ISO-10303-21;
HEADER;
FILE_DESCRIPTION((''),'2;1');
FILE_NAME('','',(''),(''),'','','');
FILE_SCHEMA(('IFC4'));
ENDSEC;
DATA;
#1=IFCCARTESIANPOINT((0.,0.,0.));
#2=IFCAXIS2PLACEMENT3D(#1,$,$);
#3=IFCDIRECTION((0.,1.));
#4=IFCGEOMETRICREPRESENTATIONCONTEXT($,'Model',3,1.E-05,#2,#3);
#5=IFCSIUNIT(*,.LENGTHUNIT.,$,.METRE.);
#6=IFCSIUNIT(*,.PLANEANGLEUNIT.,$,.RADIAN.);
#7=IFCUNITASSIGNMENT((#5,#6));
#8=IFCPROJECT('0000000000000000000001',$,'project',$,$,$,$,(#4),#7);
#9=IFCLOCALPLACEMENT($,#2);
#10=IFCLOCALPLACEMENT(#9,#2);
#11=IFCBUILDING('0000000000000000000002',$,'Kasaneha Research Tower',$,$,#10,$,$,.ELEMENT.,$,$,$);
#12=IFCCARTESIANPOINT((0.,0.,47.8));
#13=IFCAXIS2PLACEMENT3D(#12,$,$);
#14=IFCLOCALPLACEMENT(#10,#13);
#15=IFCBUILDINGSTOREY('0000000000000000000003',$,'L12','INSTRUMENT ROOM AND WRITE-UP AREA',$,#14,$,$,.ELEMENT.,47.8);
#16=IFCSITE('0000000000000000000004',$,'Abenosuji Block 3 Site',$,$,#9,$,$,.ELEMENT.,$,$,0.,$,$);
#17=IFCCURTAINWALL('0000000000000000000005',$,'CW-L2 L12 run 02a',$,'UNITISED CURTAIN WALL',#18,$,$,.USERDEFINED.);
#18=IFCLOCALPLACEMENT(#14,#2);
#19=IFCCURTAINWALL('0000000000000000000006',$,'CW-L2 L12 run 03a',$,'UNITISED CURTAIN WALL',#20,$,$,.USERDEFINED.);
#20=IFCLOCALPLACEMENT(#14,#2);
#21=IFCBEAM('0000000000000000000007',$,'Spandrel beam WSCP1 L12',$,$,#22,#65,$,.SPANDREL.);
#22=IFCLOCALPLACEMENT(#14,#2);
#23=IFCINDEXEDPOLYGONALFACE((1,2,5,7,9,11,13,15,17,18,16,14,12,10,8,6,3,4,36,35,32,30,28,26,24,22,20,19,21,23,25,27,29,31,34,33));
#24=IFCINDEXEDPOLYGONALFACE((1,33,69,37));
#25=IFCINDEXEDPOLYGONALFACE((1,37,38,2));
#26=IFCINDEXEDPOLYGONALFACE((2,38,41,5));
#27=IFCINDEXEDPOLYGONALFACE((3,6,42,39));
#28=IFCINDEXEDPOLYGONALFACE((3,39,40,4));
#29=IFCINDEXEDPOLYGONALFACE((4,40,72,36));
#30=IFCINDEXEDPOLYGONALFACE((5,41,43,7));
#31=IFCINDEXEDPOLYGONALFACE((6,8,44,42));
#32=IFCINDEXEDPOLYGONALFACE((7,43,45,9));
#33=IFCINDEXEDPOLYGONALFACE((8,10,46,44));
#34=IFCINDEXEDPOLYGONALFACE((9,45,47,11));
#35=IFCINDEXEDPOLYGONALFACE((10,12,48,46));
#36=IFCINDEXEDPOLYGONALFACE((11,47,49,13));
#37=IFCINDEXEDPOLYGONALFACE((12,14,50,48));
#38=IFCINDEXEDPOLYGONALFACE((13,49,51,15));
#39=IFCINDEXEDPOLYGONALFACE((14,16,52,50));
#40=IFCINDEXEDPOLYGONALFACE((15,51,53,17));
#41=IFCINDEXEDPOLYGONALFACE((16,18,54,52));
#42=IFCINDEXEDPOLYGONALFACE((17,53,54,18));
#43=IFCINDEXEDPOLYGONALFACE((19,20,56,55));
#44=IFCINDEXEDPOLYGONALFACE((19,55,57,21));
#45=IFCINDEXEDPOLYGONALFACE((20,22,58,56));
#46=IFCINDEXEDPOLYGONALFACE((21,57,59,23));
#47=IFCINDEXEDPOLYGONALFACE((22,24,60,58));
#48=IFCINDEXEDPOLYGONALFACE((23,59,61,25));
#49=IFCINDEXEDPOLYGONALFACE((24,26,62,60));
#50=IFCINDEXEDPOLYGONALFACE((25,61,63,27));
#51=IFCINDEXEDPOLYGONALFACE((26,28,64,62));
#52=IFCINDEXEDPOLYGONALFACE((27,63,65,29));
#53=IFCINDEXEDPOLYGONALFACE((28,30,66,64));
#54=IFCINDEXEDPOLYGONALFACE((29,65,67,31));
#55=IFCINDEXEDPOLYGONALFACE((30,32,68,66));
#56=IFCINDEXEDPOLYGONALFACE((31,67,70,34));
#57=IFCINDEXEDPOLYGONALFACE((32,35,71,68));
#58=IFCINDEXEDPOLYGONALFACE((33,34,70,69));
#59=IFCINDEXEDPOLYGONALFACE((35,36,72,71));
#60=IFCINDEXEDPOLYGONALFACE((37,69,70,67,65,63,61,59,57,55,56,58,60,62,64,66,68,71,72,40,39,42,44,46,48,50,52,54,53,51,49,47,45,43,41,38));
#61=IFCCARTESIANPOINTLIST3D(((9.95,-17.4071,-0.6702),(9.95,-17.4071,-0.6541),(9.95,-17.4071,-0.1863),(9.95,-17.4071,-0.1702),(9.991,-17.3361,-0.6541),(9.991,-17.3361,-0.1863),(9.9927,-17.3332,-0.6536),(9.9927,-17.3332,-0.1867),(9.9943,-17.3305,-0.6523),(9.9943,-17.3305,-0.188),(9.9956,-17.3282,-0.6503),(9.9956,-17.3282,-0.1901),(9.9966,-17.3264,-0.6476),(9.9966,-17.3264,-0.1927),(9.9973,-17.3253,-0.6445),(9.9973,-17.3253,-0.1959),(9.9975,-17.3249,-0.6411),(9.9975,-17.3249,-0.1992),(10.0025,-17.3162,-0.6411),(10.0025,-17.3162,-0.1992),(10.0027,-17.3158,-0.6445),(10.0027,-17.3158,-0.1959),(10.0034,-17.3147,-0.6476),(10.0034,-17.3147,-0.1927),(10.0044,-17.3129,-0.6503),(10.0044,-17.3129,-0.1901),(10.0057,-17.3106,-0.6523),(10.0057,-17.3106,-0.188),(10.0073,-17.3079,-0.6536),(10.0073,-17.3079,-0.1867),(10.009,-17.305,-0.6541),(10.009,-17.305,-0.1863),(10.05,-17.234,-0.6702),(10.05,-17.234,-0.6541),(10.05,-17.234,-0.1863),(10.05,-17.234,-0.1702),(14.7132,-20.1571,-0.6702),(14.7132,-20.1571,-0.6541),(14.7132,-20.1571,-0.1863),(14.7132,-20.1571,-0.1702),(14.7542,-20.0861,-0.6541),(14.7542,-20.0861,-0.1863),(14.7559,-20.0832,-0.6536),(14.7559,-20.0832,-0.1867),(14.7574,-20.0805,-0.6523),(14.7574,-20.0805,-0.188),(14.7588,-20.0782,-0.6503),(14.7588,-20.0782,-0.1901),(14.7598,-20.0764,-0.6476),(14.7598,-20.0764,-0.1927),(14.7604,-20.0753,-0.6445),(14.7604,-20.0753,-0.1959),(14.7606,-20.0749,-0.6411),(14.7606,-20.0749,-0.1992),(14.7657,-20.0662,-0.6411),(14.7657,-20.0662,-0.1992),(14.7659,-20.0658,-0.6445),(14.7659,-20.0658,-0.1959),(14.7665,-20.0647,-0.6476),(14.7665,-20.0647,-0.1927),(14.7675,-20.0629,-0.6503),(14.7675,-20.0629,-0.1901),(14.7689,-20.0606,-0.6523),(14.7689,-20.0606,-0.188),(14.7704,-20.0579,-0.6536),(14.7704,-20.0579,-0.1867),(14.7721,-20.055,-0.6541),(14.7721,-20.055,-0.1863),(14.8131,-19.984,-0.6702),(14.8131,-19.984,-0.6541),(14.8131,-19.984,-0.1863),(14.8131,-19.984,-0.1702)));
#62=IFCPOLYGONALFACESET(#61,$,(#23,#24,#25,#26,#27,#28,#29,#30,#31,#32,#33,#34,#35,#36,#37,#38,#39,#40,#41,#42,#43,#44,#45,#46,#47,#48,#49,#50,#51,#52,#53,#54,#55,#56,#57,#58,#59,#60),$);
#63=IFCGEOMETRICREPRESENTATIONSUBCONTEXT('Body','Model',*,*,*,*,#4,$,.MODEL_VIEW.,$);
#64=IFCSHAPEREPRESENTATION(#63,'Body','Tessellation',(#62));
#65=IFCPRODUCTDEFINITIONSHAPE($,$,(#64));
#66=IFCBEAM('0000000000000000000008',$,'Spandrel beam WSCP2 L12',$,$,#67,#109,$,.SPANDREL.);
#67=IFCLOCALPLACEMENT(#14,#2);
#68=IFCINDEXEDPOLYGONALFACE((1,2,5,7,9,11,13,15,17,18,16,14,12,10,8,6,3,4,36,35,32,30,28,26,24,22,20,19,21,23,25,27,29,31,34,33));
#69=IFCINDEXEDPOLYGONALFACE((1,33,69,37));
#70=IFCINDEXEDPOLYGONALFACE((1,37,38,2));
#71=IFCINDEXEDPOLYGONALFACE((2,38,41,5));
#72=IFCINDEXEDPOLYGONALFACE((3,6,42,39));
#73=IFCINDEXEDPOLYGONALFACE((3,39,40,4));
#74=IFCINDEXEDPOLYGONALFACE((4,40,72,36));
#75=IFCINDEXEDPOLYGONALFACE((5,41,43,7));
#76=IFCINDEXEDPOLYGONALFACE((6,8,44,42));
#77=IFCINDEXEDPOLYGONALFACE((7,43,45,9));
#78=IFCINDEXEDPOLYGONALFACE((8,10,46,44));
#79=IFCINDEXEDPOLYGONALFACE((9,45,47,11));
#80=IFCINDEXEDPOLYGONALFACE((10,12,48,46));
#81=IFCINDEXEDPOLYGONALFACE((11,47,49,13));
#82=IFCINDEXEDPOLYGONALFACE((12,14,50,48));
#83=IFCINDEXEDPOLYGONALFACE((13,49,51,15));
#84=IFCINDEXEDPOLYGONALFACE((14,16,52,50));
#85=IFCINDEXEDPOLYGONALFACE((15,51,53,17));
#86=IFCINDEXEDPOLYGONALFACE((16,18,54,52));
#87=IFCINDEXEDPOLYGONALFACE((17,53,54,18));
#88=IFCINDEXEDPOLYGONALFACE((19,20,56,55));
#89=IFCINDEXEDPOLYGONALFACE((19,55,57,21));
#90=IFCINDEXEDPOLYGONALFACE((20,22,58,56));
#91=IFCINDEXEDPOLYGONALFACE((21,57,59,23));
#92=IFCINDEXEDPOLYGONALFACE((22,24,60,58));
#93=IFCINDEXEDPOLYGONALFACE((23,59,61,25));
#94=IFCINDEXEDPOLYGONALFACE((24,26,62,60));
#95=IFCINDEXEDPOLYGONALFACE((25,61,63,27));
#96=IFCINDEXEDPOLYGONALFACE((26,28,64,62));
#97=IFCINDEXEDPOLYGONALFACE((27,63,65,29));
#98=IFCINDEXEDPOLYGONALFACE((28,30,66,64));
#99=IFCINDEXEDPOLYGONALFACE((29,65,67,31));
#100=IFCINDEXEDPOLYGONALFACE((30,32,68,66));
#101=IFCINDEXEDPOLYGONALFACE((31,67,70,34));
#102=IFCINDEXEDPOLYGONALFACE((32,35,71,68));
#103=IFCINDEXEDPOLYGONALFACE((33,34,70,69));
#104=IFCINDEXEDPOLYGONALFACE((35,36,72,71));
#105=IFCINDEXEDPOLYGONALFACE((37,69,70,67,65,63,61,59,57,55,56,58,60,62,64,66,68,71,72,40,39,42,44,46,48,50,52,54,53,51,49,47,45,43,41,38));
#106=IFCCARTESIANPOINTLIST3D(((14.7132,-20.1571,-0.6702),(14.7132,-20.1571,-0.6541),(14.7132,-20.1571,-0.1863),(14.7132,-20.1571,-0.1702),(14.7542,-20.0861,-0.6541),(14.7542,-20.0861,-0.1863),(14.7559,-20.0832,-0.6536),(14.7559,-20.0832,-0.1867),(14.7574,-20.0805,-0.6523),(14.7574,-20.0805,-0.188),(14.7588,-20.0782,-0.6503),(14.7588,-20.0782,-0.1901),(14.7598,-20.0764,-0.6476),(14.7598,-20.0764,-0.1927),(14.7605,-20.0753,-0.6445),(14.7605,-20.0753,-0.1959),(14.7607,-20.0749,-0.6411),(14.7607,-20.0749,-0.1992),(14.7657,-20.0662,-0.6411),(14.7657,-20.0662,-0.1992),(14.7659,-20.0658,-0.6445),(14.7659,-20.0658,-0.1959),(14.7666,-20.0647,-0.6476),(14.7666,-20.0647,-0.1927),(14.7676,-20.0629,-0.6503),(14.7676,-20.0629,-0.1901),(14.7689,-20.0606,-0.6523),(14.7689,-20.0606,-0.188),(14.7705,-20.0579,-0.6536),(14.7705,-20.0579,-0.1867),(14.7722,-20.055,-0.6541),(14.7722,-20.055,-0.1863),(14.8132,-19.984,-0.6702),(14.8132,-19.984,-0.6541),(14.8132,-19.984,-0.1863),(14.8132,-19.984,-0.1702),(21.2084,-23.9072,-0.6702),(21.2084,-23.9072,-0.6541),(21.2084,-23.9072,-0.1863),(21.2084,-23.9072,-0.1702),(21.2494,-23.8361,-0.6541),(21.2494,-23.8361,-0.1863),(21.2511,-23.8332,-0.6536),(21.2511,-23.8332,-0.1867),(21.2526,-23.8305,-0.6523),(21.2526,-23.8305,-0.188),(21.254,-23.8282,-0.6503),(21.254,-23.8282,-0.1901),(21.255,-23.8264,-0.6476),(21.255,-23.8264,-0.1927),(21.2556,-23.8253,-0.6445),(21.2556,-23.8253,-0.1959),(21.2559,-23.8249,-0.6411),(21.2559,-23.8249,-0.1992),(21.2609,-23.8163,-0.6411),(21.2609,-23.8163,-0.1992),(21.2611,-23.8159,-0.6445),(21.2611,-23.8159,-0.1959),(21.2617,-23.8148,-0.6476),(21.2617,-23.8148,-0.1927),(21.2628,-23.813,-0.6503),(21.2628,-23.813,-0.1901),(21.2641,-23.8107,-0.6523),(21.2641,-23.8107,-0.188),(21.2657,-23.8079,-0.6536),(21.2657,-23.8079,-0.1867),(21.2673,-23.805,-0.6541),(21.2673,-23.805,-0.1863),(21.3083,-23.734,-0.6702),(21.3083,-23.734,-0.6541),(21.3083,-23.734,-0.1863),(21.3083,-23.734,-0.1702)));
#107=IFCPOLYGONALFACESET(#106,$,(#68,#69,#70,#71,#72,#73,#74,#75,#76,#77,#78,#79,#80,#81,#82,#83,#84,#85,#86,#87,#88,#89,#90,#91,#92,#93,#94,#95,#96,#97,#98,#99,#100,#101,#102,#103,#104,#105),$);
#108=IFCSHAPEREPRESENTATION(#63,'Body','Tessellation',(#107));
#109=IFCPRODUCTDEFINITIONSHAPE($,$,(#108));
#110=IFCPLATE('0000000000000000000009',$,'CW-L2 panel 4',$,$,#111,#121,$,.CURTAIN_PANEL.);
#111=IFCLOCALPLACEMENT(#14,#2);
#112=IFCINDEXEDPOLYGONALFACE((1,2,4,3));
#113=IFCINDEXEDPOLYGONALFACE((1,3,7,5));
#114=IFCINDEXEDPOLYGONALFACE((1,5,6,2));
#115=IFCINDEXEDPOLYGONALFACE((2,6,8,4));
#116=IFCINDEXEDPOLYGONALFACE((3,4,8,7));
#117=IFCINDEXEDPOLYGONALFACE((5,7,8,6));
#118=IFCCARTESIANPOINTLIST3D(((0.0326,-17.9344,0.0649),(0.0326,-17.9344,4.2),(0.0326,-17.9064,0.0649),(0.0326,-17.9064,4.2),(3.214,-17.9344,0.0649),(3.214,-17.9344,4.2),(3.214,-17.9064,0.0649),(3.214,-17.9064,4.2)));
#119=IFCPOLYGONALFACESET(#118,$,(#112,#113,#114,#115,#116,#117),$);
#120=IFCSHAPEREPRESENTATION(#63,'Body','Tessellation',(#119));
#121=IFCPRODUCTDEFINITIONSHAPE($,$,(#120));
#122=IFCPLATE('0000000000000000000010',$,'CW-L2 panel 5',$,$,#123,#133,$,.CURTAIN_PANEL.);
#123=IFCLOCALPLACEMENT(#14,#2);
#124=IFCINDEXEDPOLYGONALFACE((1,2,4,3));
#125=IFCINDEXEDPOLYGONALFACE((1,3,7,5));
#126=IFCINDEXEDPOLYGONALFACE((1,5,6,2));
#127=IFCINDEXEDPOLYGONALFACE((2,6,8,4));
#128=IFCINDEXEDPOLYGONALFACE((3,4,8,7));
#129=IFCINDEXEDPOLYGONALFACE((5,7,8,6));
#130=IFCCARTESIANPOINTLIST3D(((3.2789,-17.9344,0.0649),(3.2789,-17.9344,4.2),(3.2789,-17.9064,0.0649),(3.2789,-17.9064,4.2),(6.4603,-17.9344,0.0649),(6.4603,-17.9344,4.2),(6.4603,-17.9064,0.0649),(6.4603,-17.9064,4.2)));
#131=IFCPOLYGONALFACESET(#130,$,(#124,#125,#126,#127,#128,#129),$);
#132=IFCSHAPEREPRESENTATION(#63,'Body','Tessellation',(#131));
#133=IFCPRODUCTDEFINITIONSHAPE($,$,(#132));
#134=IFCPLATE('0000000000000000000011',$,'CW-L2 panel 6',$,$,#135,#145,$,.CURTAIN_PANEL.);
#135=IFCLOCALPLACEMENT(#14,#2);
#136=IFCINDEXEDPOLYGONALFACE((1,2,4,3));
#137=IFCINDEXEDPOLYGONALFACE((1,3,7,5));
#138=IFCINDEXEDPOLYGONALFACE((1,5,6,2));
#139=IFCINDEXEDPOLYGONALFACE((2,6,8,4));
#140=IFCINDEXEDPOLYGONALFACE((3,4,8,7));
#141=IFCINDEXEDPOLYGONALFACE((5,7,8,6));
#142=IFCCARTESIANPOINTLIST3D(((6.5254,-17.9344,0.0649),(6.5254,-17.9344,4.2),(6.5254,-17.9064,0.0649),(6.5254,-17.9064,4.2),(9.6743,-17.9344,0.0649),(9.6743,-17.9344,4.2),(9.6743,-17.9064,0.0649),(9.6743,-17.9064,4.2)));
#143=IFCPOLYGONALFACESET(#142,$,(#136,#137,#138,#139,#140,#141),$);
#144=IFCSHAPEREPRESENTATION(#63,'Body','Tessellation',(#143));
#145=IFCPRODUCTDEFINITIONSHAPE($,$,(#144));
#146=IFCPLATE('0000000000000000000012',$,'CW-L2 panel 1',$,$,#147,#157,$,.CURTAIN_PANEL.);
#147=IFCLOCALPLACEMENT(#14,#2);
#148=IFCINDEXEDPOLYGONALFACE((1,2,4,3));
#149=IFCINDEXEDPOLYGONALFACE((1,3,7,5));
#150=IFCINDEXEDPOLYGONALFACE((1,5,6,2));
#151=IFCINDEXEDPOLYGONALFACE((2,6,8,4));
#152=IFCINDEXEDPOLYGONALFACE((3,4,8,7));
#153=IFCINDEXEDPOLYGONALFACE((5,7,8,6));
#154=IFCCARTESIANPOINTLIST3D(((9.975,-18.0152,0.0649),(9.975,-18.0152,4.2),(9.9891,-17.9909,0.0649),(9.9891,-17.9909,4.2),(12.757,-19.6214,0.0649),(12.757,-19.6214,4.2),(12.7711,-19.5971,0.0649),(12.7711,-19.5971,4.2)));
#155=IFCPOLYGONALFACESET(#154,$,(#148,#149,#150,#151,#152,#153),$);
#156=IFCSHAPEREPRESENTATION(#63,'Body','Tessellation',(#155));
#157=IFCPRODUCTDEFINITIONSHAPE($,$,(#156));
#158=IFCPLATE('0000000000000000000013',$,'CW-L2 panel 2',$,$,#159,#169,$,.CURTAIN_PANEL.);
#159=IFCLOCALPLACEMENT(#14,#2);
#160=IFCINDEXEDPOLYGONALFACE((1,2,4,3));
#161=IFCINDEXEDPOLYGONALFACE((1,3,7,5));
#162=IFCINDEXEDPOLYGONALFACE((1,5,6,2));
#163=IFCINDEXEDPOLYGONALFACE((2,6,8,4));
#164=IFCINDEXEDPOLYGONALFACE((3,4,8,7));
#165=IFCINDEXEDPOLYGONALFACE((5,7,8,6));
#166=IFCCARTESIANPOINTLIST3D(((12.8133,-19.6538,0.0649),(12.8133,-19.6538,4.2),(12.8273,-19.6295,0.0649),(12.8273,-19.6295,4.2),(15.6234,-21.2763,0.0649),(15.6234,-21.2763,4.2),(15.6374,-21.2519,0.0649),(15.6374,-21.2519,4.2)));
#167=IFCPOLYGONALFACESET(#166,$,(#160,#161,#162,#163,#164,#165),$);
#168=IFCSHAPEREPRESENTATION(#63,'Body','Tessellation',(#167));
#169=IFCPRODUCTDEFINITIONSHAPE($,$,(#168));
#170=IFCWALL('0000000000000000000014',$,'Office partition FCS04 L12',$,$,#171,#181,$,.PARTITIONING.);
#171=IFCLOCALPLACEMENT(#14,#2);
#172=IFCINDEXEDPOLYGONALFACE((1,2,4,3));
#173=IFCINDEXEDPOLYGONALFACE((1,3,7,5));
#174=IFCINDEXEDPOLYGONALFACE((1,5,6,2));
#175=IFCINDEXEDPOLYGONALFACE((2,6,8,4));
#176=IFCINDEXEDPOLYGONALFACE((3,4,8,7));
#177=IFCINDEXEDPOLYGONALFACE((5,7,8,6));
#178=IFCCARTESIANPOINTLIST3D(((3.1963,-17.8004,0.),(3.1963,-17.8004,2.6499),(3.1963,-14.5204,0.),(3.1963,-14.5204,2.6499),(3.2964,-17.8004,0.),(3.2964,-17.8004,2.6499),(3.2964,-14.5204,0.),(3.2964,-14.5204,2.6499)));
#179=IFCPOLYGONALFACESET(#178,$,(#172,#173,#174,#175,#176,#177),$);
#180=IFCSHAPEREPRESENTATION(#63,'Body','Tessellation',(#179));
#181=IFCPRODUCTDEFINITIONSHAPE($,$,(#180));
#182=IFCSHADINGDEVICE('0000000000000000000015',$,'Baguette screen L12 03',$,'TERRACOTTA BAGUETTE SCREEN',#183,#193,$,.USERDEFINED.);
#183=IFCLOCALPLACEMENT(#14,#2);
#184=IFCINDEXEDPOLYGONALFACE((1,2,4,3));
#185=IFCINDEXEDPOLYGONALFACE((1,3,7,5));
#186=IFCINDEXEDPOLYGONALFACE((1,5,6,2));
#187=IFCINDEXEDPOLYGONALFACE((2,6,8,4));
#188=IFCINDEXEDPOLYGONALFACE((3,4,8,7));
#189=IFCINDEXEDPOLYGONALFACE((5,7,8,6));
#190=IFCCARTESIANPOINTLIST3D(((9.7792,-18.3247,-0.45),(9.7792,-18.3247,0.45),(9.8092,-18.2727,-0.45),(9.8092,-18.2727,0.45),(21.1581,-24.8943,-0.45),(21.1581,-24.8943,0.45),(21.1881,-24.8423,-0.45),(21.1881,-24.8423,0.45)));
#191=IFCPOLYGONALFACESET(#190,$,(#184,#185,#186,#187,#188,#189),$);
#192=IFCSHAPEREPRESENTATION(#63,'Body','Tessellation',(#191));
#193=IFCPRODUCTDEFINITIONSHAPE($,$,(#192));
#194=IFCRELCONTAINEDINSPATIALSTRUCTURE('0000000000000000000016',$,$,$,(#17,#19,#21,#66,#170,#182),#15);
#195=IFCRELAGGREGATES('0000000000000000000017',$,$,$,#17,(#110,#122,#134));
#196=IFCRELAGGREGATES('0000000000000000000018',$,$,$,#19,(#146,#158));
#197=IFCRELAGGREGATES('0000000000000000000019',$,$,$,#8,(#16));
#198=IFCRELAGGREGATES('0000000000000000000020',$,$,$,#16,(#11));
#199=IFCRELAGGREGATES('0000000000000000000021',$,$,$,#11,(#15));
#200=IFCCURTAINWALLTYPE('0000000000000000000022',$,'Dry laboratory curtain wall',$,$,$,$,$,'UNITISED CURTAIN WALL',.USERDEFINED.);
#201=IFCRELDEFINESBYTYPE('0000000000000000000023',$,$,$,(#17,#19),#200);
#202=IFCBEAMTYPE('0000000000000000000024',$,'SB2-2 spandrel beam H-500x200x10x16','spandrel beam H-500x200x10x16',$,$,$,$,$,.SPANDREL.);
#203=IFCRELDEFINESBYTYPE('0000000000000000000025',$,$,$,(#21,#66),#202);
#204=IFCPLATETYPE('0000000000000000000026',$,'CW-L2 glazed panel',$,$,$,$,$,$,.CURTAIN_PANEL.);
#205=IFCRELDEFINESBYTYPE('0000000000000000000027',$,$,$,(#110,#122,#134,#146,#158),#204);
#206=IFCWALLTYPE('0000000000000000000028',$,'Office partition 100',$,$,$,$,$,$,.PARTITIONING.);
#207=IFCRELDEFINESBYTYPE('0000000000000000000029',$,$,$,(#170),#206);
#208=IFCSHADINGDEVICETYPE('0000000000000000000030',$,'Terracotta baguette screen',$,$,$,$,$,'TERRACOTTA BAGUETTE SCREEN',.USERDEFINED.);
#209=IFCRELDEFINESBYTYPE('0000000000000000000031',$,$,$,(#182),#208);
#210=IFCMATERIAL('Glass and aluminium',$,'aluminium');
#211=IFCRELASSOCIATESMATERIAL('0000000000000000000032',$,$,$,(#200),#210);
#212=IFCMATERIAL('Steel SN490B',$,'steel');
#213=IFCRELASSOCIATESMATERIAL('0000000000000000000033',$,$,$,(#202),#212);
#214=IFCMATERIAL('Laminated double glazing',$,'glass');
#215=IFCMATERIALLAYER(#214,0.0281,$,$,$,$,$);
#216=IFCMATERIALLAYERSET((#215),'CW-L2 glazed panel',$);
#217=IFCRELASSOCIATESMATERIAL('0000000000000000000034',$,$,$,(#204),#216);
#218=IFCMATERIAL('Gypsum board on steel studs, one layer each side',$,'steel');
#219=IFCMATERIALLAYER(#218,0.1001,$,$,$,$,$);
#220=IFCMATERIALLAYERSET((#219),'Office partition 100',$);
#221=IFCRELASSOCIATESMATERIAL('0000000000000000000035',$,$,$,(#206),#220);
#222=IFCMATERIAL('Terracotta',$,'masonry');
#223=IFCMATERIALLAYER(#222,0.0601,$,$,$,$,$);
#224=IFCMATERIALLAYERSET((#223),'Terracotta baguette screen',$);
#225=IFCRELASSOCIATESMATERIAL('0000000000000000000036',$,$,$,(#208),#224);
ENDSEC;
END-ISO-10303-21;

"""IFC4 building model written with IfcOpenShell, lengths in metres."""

from ifc_helpers import new_model, si_unit, direction, frame, frame_2d, origin, origin_2d, place, context, subcontext, project, spatial, rectangle, i_section, extrude, material, layer, layer_set, material_profile, profile_set, type_object, element, aggregate, save


model = new_model("IFC4")

# Units and contexts
model_context = context("Model", 3, precision=1e-05, world=origin(), true_north=direction((0.0, 1.0)))
body_context = subcontext(model_context, "Body", "Model", "MODEL_VIEW")
ifc_project = project(units=[si_unit("LENGTHUNIT", "METRE"), si_unit("PLANEANGLEUNIT", "RADIAN")], contexts=[model_context])

# Site, building, storey
site_placement = place(None, origin())
site = spatial("IfcSite", under=ifc_project, at=site_placement, Name="Abenosuji Block 3 Site", CompositionType="ELEMENT", RefElevation=0.0)
building_placement = place(site_placement, origin())
building = spatial("IfcBuilding", under=site, at=building_placement, Name="Kasaneha Research Tower", CompositionType="ELEMENT")
storey_placement = place(building_placement, frame((0.0, 0.0, 47.8)))
storey = spatial("IfcBuildingStorey", under=building, at=storey_placement, Name="L12", Description="INSTRUMENT ROOM AND WRITE-UP AREA", CompositionType="ELEMENT", Elevation=47.8)

# Curtain walls
ifc_material_1 = material(Name="Glass and aluminium", Category="aluminium")
curtain_wall_type = type_object("IfcCurtainWallType", Name="Dry laboratory curtain wall", ElementType="UNITISED CURTAIN WALL", PredefinedType="USERDEFINED", material=ifc_material_1)
curtain_wall_1_placement = place(storey_placement, origin())
curtain_wall_1 = element("IfcCurtainWall", 1, at=curtain_wall_1_placement, inside=storey, type_object=curtain_wall_type, Name="CW-L2 L12 run 02a", ObjectType="UNITISED CURTAIN WALL", PredefinedType="USERDEFINED")
curtain_wall_2_placement = place(storey_placement, origin())
curtain_wall_2 = element("IfcCurtainWall", 2, at=curtain_wall_2_placement, inside=storey, type_object=curtain_wall_type, Name="CW-L2 L12 run 03a", ObjectType="UNITISED CURTAIN WALL", PredefinedType="USERDEFINED")

# Beams
ifc_material_2 = material(Name="Steel SN490B", Category="steel")
ifc_material_profile_1 = material_profile(ifc_material_2, i_section(OverallWidth=0.2, OverallDepth=0.5, WebThickness=0.01, FlangeThickness=0.0161, FilletRadius=0.0129, at=origin_2d()), Name="H-500x200x10x16")
ifc_profile_set_1 = profile_set([ifc_material_profile_1], Name="Steel SN490B")
beam_type_1 = type_object("IfcBeamType", Name="SB2-2 spandrel beam H-500x200x10x16", Description="spandrel beam H-500x200x10x16", PredefinedType="SPANDREL", material=ifc_profile_set_1)
beam_1_placement = place(storey_placement, frame((10.0, -17.3206, -0.4202), z_axis=(0.866027, -0.499997, 0.0), x_axis=(0.499997, 0.866027, 0.0)))
element("IfcBeam", 3, at=beam_1_placement, inside=storey, type_object=beam_type_1, Name="Spandrel beam WSCP1 L12", PredefinedType="SPANDREL", context=body_context, shape_type="SweptSolid", body=[
    extrude(i_section(OverallWidth=0.2, OverallDepth=0.5, WebThickness=0.01, FlangeThickness=0.0161, FilletRadius=0.0129, at=origin_2d()), origin(), (0.0, 0.0, 1.0), 5.5),
])
beam_2_placement = place(storey_placement, frame((14.7632, -20.0706, -0.4202), z_axis=(0.866023, -0.500004, 0.0), x_axis=(0.500004, 0.866023, 0.0)))
element("IfcBeam", 4, at=beam_2_placement, inside=storey, type_object=beam_type_1, Name="Spandrel beam WSCP2 L12", PredefinedType="SPANDREL", context=body_context, shape_type="SweptSolid", body=[
    extrude(i_section(OverallWidth=0.2, OverallDepth=0.5, WebThickness=0.01, FlangeThickness=0.0161, FilletRadius=0.0129, at=origin_2d()), origin(), (0.0, 0.0, 1.0), 7.5),
])

# Plates
ifc_material_3 = material(Name="Laminated double glazing", Category="glass")
ifc_layer_1 = layer(ifc_material_3, 0.0281)
ifc_layer_set_1 = layer_set([ifc_layer_1], Name="CW-L2 glazed panel")
plate_type = type_object("IfcPlateType", Name="CW-L2 glazed panel", PredefinedType="CURTAIN_PANEL", material=ifc_layer_set_1)
plate_1_placement = place(storey_placement, frame((1.6233, -17.9204, 0.0649), z_axis=(0.0, 0.0, 1.0), x_axis=(1.0, 0.0, 0.0)))
plate_1 = element("IfcPlate", 5, at=plate_1_placement, type_object=plate_type, Name="CW-L2 panel 4", PredefinedType="CURTAIN_PANEL", context=body_context, shape_type="SweptSolid", body=[
    extrude(rectangle(XDim=3.1814, YDim=0.0281, at=origin_2d()), origin(), (0.0, 0.0, 1.0), 4.135),
])
plate_2_placement = place(storey_placement, frame((4.8696, -17.9204, 0.0649), z_axis=(0.0, 0.0, 1.0), x_axis=(1.0, 0.0, 0.0)))
plate_2 = element("IfcPlate", 6, at=plate_2_placement, type_object=plate_type, Name="CW-L2 panel 5", PredefinedType="CURTAIN_PANEL", context=body_context, shape_type="SweptSolid", body=[
    extrude(rectangle(XDim=3.1814, YDim=0.0281, at=origin_2d()), origin(), (0.0, 0.0, 1.0), 4.135),
])
plate_3_placement = place(storey_placement, frame((8.0999, -17.9204, 0.0649), z_axis=(0.0, 0.0, 1.0), x_axis=(1.0, 0.0, 0.0)))
plate_3 = element("IfcPlate", 7, at=plate_3_placement, type_object=plate_type, Name="CW-L2 panel 6", PredefinedType="CURTAIN_PANEL", context=body_context, shape_type="SweptSolid", body=[
    extrude(rectangle(XDim=3.1489, YDim=0.0281, at=origin_2d()), origin(), (0.0, 0.0, 1.0), 4.135),
])
aggregate(curtain_wall_1, [plate_1, plate_2, plate_3])
plate_4_placement = place(storey_placement, frame((11.373, -18.8062, 0.0649), z_axis=(0.0, 0.0, 1.0), x_axis=(0.866025, -0.5, 0.0)))
plate_4 = element("IfcPlate", 8, at=plate_4_placement, type_object=plate_type, Name="CW-L2 panel 1", PredefinedType="CURTAIN_PANEL", context=body_context, shape_type="SweptSolid", body=[
    extrude(rectangle(XDim=3.2124, YDim=0.0281, at=origin_2d()), origin(), (0.0, 0.0, 1.0), 4.135),
])
plate_5_placement = place(storey_placement, frame((14.2253, -20.4529, 0.0649), z_axis=(0.0, 0.0, 1.0), x_axis=(0.866025, -0.5, 0.0)))
plate_5 = element("IfcPlate", 9, at=plate_5_placement, type_object=plate_type, Name="CW-L2 panel 2", PredefinedType="CURTAIN_PANEL", context=body_context, shape_type="SweptSolid", body=[
    extrude(rectangle(XDim=3.2449, YDim=0.0281, at=origin_2d()), origin(), (0.0, 0.0, 1.0), 4.135),
])
aggregate(curtain_wall_2, [plate_4, plate_5])

# Wall
ifc_material_4 = material(Name="Gypsum board on steel studs, one layer each side", Category="steel")
ifc_layer_2 = layer(ifc_material_4, 0.1001)
ifc_layer_set_2 = layer_set([ifc_layer_2], Name="Office partition 100")
wall_type = type_object("IfcWallType", Name="Office partition 100", PredefinedType="PARTITIONING", material=ifc_layer_set_2)
wall_placement = place(storey_placement, frame((3.2463, -17.8005, 0.0), z_axis=(0.0, 0.0, 1.0), x_axis=(0.0, 1.0, 0.0)))
element("IfcWall", 10, at=wall_placement, inside=storey, type_object=wall_type, Name="Office partition FCS04 L12", PredefinedType="PARTITIONING", context=body_context, shape_type="SweptSolid", body=[
    extrude(rectangle(XDim=3.28, YDim=0.1001, at=frame_2d((1.6401, 0.0))), origin(), (0.0, 0.0, 1.0), 2.6499),
])

# Shading device
ifc_material_5 = material(Name="Terracotta", Category="masonry")
ifc_layer_3 = layer(ifc_material_5, 0.0601)
ifc_layer_set_3 = layer_set([ifc_layer_3], Name="Terracotta baguette screen")
shading_device_type = type_object("IfcShadingDeviceType", Name="Terracotta baguette screen", ElementType="TERRACOTTA BAGUETTE SCREEN", PredefinedType="USERDEFINED", material=ifc_layer_set_3)
shading_device_placement = place(storey_placement, frame((15.4836, -21.5835, -0.45), z_axis=(0.0, 0.0, 1.0), x_axis=(0.866025, -0.5, 0.0)))
element("IfcShadingDevice", 11, at=shading_device_placement, inside=storey, type_object=shading_device_type, Name="Baguette screen L12 03", ObjectType="TERRACOTTA BAGUETTE SCREEN", PredefinedType="USERDEFINED", context=body_context, shape_type="SweptSolid", body=[
    extrude(rectangle(XDim=13.1392, YDim=0.0601, at=origin_2d()), origin(), (0.0, 0.0, 1.0), 0.8999),
])

save(model, "model.ifc")
